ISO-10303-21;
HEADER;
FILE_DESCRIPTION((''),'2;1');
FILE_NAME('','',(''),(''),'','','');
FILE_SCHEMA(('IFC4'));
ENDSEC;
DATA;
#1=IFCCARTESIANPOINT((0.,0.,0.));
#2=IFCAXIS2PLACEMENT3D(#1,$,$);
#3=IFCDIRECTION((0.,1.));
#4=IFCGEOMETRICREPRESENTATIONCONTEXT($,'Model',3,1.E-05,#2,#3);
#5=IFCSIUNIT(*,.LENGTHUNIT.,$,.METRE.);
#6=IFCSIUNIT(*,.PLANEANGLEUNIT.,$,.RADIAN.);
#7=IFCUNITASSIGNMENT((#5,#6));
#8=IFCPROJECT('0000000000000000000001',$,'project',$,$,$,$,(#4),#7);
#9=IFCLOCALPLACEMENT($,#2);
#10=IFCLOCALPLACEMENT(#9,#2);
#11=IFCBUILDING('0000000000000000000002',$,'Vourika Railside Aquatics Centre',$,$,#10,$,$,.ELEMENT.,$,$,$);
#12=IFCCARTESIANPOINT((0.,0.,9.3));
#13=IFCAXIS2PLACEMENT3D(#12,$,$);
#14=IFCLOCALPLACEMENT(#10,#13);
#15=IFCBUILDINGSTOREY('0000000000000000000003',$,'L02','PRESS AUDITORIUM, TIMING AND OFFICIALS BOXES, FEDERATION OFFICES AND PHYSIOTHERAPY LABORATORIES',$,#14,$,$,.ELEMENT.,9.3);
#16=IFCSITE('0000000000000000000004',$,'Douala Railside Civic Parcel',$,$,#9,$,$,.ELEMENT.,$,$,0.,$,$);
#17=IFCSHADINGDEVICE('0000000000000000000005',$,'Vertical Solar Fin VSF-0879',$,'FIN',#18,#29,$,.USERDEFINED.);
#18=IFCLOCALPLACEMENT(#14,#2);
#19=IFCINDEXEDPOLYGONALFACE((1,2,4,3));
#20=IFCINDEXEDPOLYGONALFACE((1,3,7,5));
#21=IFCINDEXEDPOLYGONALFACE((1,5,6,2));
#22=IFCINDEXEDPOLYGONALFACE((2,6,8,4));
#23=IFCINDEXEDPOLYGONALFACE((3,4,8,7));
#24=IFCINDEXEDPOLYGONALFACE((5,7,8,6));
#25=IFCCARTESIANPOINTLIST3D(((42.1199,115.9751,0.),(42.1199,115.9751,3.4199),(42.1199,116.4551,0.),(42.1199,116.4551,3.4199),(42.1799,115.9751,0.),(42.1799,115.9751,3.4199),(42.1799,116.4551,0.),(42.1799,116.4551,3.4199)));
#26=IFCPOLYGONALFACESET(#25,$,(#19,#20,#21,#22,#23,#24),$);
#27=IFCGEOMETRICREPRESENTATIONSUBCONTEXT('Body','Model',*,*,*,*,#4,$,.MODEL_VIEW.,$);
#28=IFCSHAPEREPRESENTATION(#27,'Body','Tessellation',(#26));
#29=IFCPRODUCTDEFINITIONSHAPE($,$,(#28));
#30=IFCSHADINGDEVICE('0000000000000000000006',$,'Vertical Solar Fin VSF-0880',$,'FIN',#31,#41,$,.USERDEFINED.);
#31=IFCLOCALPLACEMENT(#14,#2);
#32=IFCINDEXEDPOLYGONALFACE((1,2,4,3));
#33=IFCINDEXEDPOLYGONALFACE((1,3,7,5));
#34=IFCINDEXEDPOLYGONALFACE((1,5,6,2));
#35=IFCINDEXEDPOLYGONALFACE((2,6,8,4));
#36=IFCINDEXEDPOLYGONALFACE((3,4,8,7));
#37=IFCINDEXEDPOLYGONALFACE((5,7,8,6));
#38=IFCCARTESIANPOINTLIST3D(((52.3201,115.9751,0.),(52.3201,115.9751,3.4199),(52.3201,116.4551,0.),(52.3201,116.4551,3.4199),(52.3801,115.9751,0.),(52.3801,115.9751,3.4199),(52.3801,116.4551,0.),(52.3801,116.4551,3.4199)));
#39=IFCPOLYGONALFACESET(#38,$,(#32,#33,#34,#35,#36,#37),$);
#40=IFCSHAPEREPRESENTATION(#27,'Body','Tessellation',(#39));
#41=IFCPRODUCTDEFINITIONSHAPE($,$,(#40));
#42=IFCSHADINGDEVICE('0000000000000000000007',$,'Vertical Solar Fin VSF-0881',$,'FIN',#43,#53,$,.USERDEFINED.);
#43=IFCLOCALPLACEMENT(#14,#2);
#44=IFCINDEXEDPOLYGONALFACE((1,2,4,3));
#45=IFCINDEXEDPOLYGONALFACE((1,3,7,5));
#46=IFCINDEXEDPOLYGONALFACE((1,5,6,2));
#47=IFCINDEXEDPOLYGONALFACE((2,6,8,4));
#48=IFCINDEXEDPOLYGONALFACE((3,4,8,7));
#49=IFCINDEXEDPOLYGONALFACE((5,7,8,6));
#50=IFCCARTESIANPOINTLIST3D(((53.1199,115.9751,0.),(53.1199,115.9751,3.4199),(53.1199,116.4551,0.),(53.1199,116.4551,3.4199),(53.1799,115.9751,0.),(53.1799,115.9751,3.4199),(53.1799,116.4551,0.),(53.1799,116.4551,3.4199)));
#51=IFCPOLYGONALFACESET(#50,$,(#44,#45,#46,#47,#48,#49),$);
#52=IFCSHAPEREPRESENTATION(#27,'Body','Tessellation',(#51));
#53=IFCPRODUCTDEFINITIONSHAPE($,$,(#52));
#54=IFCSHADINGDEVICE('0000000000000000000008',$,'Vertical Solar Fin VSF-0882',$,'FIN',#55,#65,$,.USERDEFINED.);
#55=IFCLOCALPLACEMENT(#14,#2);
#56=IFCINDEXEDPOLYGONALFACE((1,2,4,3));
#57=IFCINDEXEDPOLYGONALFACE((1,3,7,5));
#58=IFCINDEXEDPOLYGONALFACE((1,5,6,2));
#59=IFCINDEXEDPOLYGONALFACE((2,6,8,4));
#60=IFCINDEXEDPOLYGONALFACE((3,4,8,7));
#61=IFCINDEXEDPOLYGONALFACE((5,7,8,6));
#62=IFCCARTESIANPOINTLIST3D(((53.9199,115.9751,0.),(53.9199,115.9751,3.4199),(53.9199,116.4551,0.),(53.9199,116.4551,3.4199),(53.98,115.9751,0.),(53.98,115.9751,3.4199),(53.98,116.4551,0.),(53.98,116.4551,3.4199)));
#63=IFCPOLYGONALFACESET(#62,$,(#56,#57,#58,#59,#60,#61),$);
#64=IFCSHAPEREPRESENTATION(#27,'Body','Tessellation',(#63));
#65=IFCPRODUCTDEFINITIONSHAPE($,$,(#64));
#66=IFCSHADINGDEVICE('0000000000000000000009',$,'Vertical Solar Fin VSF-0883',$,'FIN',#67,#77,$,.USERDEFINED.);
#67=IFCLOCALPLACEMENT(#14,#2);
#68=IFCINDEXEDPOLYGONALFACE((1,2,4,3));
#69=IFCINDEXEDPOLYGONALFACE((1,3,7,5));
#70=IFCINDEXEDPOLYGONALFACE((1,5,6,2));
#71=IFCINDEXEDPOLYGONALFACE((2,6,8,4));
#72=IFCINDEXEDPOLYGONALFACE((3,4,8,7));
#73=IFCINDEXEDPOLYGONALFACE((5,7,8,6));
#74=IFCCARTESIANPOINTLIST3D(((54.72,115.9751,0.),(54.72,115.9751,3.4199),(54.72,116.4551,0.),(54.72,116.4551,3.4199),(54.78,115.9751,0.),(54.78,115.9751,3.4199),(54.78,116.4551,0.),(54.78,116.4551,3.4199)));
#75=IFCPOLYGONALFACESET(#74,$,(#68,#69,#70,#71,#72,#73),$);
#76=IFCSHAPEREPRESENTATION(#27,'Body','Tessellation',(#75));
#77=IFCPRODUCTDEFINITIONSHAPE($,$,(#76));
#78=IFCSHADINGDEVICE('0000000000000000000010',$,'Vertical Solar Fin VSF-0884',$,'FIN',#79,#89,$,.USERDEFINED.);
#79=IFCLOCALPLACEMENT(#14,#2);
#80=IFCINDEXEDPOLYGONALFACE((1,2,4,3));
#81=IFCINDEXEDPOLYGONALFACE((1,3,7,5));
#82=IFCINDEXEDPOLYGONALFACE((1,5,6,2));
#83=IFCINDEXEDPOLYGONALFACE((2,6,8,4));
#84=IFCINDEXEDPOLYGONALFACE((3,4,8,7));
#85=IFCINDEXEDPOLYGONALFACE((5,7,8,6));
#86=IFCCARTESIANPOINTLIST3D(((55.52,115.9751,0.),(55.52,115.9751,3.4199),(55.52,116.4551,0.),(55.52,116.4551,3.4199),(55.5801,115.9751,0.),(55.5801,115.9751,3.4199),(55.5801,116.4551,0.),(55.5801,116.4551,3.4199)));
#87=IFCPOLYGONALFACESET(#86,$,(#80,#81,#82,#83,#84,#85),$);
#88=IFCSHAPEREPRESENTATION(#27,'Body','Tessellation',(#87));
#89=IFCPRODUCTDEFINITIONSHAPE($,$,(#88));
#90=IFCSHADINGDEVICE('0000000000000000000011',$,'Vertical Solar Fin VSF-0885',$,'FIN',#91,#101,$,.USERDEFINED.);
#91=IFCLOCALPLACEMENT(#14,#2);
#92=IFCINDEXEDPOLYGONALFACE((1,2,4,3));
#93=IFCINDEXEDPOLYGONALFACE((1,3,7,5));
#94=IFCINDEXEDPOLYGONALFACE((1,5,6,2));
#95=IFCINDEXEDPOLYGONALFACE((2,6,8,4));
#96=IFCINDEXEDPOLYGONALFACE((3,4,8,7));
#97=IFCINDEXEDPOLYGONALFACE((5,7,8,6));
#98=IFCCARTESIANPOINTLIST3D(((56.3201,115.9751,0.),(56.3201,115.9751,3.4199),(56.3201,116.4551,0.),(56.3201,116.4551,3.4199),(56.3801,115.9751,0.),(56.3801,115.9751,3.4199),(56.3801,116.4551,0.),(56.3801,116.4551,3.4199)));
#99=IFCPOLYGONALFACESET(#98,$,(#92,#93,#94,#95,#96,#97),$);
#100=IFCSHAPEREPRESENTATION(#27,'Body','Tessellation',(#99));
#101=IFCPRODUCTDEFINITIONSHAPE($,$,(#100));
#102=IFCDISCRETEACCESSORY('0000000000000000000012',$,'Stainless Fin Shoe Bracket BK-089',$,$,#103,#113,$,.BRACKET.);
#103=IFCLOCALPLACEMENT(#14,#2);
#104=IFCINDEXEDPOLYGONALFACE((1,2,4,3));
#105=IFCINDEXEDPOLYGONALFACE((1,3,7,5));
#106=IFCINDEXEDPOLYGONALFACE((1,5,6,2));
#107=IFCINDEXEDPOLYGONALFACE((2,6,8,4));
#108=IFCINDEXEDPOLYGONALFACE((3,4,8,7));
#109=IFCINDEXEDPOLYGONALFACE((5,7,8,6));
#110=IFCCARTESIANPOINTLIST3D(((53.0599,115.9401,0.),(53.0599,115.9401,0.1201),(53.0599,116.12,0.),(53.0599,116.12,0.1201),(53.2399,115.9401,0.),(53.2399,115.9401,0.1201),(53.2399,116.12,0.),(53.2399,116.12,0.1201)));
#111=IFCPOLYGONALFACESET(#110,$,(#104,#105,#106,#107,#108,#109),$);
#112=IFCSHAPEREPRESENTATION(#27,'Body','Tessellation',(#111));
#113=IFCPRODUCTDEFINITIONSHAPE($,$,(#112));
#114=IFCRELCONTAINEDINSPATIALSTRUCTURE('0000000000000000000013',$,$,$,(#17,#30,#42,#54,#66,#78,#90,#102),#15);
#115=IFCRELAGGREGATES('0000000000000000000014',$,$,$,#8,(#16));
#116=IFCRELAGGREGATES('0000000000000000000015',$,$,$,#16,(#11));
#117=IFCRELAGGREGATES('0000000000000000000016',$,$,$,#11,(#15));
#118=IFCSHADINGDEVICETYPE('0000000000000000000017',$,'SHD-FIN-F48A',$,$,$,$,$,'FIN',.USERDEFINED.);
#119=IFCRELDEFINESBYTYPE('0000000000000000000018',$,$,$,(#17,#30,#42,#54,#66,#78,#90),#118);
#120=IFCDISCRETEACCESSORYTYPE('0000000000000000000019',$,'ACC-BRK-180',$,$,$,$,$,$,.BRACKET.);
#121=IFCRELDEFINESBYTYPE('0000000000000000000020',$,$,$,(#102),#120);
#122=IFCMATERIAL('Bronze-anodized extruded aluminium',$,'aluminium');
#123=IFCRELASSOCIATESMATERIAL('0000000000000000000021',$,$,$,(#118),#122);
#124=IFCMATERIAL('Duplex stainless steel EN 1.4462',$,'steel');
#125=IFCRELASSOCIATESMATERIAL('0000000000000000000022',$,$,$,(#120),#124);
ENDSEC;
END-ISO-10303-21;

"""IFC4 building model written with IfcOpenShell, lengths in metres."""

from ifc_helpers import new_model, si_unit, direction, frame, origin, origin_2d, place, context, subcontext, project, spatial, rectangle, extrude, material, material_profile, profile_set, type_object, element, save


model = new_model("IFC4")

# Units and contexts
model_context = context("Model", 3, precision=1e-05, world=origin(), true_north=direction((0.0, 1.0)))
body_context = subcontext(model_context, "Body", "Model", "MODEL_VIEW")
ifc_project = project(units=[si_unit("LENGTHUNIT", "METRE"), si_unit("PLANEANGLEUNIT", "RADIAN")], contexts=[model_context])

# Site, building, storey
site_placement = place(None, origin())
site = spatial("IfcSite", under=ifc_project, at=site_placement, Name="Douala Railside Civic Parcel", CompositionType="ELEMENT", RefElevation=0.0)
building_placement = place(site_placement, origin())
building = spatial("IfcBuilding", under=site, at=building_placement, Name="Vourika Railside Aquatics Centre", CompositionType="ELEMENT")
storey_placement = place(building_placement, frame((0.0, 0.0, 9.3)))
storey = spatial("IfcBuildingStorey", under=building, at=storey_placement, Name="L02", Description="PRESS AUDITORIUM, TIMING AND OFFICIALS BOXES, FEDERATION OFFICES AND PHYSIOTHERAPY LABORATORIES", CompositionType="ELEMENT", Elevation=9.3)

# Shading devices
ifc_material_1 = material(Name="Bronze-anodized extruded aluminium", Category="aluminium")
ifc_material_profile_1 = material_profile(ifc_material_1, rectangle(XDim=0.0601, YDim=0.48, at=origin_2d()), Name="ALU-FIN 60x480")
ifc_profile_set_1 = profile_set([ifc_material_profile_1], Name="Bronze-anodized extruded aluminium")
shading_device_type = type_object("IfcShadingDeviceType", Name="SHD-FIN-F48A", ElementType="FIN", PredefinedType="USERDEFINED", material=ifc_profile_set_1)
for number, where, z_axis, x_axis, name in (
    (1, (42.1499, 116.2151, 0.0), (0.0, 0.0, 1.0), (1.0, 0.0, 0.0), "Vertical Solar Fin VSF-0879"),
    (2, (52.3501, 116.2151, 0.0), (0.0, 0.0, 1.0), (1.0, 0.0, 0.0), "Vertical Solar Fin VSF-0880"),
    (3, (53.1499, 116.2151, 0.0), (0.0, 0.0, 1.0), (1.0, 0.0, 0.0), "Vertical Solar Fin VSF-0881"),
    (4, (53.95, 116.2151, 0.0), (0.0, 0.0, 1.0), (1.0, 0.0, 0.0), "Vertical Solar Fin VSF-0882"),
    (5, (54.75, 116.2151, 0.0), (0.0, 0.0, 1.0), (1.0, 0.0, 0.0), "Vertical Solar Fin VSF-0883"),
    (6, (55.55, 116.2151, 0.0), (0.0, 0.0, 1.0), (1.0, 0.0, 0.0), "Vertical Solar Fin VSF-0884"),
    (7, (56.3501, 116.2151, 0.0), (0.0, 0.0, 1.0), (1.0, 0.0, 0.0), "Vertical Solar Fin VSF-0885"),
):
    element("IfcShadingDevice", number, at=place(storey_placement, frame(where, z_axis=z_axis, x_axis=x_axis)), inside=storey, type_object=shading_device_type, Name=name, ObjectType="FIN", PredefinedType="USERDEFINED", context=body_context, shape_type="SweptSolid", body=[
        extrude(rectangle(XDim=0.0601, YDim=0.48, at=origin_2d()), origin(), (0.0, 0.0, 1.0), 3.4199),
    ])

# Discrete accessory
ifc_material_2 = material(Name="Duplex stainless steel EN 1.4462", Category="steel")
discrete_accessory_type = type_object("IfcDiscreteAccessoryType", Name="ACC-BRK-180", PredefinedType="BRACKET", material=ifc_material_2)
discrete_accessory_placement = place(storey_placement, frame((53.1499, 116.03, 0.0), z_axis=(0.0, 0.0, 1.0), x_axis=(0.0, 1.0, 0.0)))
element("IfcDiscreteAccessory", 8, at=discrete_accessory_placement, inside=storey, type_object=discrete_accessory_type, Name="Stainless Fin Shoe Bracket BK-089", PredefinedType="BRACKET", context=body_context, shape_type="SweptSolid", body=[
    extrude(rectangle(XDim=0.1799, YDim=0.1799, at=origin_2d()), origin(), (0.0, 0.0, 1.0), 0.1201),
])

save(model, "model.ifc")
